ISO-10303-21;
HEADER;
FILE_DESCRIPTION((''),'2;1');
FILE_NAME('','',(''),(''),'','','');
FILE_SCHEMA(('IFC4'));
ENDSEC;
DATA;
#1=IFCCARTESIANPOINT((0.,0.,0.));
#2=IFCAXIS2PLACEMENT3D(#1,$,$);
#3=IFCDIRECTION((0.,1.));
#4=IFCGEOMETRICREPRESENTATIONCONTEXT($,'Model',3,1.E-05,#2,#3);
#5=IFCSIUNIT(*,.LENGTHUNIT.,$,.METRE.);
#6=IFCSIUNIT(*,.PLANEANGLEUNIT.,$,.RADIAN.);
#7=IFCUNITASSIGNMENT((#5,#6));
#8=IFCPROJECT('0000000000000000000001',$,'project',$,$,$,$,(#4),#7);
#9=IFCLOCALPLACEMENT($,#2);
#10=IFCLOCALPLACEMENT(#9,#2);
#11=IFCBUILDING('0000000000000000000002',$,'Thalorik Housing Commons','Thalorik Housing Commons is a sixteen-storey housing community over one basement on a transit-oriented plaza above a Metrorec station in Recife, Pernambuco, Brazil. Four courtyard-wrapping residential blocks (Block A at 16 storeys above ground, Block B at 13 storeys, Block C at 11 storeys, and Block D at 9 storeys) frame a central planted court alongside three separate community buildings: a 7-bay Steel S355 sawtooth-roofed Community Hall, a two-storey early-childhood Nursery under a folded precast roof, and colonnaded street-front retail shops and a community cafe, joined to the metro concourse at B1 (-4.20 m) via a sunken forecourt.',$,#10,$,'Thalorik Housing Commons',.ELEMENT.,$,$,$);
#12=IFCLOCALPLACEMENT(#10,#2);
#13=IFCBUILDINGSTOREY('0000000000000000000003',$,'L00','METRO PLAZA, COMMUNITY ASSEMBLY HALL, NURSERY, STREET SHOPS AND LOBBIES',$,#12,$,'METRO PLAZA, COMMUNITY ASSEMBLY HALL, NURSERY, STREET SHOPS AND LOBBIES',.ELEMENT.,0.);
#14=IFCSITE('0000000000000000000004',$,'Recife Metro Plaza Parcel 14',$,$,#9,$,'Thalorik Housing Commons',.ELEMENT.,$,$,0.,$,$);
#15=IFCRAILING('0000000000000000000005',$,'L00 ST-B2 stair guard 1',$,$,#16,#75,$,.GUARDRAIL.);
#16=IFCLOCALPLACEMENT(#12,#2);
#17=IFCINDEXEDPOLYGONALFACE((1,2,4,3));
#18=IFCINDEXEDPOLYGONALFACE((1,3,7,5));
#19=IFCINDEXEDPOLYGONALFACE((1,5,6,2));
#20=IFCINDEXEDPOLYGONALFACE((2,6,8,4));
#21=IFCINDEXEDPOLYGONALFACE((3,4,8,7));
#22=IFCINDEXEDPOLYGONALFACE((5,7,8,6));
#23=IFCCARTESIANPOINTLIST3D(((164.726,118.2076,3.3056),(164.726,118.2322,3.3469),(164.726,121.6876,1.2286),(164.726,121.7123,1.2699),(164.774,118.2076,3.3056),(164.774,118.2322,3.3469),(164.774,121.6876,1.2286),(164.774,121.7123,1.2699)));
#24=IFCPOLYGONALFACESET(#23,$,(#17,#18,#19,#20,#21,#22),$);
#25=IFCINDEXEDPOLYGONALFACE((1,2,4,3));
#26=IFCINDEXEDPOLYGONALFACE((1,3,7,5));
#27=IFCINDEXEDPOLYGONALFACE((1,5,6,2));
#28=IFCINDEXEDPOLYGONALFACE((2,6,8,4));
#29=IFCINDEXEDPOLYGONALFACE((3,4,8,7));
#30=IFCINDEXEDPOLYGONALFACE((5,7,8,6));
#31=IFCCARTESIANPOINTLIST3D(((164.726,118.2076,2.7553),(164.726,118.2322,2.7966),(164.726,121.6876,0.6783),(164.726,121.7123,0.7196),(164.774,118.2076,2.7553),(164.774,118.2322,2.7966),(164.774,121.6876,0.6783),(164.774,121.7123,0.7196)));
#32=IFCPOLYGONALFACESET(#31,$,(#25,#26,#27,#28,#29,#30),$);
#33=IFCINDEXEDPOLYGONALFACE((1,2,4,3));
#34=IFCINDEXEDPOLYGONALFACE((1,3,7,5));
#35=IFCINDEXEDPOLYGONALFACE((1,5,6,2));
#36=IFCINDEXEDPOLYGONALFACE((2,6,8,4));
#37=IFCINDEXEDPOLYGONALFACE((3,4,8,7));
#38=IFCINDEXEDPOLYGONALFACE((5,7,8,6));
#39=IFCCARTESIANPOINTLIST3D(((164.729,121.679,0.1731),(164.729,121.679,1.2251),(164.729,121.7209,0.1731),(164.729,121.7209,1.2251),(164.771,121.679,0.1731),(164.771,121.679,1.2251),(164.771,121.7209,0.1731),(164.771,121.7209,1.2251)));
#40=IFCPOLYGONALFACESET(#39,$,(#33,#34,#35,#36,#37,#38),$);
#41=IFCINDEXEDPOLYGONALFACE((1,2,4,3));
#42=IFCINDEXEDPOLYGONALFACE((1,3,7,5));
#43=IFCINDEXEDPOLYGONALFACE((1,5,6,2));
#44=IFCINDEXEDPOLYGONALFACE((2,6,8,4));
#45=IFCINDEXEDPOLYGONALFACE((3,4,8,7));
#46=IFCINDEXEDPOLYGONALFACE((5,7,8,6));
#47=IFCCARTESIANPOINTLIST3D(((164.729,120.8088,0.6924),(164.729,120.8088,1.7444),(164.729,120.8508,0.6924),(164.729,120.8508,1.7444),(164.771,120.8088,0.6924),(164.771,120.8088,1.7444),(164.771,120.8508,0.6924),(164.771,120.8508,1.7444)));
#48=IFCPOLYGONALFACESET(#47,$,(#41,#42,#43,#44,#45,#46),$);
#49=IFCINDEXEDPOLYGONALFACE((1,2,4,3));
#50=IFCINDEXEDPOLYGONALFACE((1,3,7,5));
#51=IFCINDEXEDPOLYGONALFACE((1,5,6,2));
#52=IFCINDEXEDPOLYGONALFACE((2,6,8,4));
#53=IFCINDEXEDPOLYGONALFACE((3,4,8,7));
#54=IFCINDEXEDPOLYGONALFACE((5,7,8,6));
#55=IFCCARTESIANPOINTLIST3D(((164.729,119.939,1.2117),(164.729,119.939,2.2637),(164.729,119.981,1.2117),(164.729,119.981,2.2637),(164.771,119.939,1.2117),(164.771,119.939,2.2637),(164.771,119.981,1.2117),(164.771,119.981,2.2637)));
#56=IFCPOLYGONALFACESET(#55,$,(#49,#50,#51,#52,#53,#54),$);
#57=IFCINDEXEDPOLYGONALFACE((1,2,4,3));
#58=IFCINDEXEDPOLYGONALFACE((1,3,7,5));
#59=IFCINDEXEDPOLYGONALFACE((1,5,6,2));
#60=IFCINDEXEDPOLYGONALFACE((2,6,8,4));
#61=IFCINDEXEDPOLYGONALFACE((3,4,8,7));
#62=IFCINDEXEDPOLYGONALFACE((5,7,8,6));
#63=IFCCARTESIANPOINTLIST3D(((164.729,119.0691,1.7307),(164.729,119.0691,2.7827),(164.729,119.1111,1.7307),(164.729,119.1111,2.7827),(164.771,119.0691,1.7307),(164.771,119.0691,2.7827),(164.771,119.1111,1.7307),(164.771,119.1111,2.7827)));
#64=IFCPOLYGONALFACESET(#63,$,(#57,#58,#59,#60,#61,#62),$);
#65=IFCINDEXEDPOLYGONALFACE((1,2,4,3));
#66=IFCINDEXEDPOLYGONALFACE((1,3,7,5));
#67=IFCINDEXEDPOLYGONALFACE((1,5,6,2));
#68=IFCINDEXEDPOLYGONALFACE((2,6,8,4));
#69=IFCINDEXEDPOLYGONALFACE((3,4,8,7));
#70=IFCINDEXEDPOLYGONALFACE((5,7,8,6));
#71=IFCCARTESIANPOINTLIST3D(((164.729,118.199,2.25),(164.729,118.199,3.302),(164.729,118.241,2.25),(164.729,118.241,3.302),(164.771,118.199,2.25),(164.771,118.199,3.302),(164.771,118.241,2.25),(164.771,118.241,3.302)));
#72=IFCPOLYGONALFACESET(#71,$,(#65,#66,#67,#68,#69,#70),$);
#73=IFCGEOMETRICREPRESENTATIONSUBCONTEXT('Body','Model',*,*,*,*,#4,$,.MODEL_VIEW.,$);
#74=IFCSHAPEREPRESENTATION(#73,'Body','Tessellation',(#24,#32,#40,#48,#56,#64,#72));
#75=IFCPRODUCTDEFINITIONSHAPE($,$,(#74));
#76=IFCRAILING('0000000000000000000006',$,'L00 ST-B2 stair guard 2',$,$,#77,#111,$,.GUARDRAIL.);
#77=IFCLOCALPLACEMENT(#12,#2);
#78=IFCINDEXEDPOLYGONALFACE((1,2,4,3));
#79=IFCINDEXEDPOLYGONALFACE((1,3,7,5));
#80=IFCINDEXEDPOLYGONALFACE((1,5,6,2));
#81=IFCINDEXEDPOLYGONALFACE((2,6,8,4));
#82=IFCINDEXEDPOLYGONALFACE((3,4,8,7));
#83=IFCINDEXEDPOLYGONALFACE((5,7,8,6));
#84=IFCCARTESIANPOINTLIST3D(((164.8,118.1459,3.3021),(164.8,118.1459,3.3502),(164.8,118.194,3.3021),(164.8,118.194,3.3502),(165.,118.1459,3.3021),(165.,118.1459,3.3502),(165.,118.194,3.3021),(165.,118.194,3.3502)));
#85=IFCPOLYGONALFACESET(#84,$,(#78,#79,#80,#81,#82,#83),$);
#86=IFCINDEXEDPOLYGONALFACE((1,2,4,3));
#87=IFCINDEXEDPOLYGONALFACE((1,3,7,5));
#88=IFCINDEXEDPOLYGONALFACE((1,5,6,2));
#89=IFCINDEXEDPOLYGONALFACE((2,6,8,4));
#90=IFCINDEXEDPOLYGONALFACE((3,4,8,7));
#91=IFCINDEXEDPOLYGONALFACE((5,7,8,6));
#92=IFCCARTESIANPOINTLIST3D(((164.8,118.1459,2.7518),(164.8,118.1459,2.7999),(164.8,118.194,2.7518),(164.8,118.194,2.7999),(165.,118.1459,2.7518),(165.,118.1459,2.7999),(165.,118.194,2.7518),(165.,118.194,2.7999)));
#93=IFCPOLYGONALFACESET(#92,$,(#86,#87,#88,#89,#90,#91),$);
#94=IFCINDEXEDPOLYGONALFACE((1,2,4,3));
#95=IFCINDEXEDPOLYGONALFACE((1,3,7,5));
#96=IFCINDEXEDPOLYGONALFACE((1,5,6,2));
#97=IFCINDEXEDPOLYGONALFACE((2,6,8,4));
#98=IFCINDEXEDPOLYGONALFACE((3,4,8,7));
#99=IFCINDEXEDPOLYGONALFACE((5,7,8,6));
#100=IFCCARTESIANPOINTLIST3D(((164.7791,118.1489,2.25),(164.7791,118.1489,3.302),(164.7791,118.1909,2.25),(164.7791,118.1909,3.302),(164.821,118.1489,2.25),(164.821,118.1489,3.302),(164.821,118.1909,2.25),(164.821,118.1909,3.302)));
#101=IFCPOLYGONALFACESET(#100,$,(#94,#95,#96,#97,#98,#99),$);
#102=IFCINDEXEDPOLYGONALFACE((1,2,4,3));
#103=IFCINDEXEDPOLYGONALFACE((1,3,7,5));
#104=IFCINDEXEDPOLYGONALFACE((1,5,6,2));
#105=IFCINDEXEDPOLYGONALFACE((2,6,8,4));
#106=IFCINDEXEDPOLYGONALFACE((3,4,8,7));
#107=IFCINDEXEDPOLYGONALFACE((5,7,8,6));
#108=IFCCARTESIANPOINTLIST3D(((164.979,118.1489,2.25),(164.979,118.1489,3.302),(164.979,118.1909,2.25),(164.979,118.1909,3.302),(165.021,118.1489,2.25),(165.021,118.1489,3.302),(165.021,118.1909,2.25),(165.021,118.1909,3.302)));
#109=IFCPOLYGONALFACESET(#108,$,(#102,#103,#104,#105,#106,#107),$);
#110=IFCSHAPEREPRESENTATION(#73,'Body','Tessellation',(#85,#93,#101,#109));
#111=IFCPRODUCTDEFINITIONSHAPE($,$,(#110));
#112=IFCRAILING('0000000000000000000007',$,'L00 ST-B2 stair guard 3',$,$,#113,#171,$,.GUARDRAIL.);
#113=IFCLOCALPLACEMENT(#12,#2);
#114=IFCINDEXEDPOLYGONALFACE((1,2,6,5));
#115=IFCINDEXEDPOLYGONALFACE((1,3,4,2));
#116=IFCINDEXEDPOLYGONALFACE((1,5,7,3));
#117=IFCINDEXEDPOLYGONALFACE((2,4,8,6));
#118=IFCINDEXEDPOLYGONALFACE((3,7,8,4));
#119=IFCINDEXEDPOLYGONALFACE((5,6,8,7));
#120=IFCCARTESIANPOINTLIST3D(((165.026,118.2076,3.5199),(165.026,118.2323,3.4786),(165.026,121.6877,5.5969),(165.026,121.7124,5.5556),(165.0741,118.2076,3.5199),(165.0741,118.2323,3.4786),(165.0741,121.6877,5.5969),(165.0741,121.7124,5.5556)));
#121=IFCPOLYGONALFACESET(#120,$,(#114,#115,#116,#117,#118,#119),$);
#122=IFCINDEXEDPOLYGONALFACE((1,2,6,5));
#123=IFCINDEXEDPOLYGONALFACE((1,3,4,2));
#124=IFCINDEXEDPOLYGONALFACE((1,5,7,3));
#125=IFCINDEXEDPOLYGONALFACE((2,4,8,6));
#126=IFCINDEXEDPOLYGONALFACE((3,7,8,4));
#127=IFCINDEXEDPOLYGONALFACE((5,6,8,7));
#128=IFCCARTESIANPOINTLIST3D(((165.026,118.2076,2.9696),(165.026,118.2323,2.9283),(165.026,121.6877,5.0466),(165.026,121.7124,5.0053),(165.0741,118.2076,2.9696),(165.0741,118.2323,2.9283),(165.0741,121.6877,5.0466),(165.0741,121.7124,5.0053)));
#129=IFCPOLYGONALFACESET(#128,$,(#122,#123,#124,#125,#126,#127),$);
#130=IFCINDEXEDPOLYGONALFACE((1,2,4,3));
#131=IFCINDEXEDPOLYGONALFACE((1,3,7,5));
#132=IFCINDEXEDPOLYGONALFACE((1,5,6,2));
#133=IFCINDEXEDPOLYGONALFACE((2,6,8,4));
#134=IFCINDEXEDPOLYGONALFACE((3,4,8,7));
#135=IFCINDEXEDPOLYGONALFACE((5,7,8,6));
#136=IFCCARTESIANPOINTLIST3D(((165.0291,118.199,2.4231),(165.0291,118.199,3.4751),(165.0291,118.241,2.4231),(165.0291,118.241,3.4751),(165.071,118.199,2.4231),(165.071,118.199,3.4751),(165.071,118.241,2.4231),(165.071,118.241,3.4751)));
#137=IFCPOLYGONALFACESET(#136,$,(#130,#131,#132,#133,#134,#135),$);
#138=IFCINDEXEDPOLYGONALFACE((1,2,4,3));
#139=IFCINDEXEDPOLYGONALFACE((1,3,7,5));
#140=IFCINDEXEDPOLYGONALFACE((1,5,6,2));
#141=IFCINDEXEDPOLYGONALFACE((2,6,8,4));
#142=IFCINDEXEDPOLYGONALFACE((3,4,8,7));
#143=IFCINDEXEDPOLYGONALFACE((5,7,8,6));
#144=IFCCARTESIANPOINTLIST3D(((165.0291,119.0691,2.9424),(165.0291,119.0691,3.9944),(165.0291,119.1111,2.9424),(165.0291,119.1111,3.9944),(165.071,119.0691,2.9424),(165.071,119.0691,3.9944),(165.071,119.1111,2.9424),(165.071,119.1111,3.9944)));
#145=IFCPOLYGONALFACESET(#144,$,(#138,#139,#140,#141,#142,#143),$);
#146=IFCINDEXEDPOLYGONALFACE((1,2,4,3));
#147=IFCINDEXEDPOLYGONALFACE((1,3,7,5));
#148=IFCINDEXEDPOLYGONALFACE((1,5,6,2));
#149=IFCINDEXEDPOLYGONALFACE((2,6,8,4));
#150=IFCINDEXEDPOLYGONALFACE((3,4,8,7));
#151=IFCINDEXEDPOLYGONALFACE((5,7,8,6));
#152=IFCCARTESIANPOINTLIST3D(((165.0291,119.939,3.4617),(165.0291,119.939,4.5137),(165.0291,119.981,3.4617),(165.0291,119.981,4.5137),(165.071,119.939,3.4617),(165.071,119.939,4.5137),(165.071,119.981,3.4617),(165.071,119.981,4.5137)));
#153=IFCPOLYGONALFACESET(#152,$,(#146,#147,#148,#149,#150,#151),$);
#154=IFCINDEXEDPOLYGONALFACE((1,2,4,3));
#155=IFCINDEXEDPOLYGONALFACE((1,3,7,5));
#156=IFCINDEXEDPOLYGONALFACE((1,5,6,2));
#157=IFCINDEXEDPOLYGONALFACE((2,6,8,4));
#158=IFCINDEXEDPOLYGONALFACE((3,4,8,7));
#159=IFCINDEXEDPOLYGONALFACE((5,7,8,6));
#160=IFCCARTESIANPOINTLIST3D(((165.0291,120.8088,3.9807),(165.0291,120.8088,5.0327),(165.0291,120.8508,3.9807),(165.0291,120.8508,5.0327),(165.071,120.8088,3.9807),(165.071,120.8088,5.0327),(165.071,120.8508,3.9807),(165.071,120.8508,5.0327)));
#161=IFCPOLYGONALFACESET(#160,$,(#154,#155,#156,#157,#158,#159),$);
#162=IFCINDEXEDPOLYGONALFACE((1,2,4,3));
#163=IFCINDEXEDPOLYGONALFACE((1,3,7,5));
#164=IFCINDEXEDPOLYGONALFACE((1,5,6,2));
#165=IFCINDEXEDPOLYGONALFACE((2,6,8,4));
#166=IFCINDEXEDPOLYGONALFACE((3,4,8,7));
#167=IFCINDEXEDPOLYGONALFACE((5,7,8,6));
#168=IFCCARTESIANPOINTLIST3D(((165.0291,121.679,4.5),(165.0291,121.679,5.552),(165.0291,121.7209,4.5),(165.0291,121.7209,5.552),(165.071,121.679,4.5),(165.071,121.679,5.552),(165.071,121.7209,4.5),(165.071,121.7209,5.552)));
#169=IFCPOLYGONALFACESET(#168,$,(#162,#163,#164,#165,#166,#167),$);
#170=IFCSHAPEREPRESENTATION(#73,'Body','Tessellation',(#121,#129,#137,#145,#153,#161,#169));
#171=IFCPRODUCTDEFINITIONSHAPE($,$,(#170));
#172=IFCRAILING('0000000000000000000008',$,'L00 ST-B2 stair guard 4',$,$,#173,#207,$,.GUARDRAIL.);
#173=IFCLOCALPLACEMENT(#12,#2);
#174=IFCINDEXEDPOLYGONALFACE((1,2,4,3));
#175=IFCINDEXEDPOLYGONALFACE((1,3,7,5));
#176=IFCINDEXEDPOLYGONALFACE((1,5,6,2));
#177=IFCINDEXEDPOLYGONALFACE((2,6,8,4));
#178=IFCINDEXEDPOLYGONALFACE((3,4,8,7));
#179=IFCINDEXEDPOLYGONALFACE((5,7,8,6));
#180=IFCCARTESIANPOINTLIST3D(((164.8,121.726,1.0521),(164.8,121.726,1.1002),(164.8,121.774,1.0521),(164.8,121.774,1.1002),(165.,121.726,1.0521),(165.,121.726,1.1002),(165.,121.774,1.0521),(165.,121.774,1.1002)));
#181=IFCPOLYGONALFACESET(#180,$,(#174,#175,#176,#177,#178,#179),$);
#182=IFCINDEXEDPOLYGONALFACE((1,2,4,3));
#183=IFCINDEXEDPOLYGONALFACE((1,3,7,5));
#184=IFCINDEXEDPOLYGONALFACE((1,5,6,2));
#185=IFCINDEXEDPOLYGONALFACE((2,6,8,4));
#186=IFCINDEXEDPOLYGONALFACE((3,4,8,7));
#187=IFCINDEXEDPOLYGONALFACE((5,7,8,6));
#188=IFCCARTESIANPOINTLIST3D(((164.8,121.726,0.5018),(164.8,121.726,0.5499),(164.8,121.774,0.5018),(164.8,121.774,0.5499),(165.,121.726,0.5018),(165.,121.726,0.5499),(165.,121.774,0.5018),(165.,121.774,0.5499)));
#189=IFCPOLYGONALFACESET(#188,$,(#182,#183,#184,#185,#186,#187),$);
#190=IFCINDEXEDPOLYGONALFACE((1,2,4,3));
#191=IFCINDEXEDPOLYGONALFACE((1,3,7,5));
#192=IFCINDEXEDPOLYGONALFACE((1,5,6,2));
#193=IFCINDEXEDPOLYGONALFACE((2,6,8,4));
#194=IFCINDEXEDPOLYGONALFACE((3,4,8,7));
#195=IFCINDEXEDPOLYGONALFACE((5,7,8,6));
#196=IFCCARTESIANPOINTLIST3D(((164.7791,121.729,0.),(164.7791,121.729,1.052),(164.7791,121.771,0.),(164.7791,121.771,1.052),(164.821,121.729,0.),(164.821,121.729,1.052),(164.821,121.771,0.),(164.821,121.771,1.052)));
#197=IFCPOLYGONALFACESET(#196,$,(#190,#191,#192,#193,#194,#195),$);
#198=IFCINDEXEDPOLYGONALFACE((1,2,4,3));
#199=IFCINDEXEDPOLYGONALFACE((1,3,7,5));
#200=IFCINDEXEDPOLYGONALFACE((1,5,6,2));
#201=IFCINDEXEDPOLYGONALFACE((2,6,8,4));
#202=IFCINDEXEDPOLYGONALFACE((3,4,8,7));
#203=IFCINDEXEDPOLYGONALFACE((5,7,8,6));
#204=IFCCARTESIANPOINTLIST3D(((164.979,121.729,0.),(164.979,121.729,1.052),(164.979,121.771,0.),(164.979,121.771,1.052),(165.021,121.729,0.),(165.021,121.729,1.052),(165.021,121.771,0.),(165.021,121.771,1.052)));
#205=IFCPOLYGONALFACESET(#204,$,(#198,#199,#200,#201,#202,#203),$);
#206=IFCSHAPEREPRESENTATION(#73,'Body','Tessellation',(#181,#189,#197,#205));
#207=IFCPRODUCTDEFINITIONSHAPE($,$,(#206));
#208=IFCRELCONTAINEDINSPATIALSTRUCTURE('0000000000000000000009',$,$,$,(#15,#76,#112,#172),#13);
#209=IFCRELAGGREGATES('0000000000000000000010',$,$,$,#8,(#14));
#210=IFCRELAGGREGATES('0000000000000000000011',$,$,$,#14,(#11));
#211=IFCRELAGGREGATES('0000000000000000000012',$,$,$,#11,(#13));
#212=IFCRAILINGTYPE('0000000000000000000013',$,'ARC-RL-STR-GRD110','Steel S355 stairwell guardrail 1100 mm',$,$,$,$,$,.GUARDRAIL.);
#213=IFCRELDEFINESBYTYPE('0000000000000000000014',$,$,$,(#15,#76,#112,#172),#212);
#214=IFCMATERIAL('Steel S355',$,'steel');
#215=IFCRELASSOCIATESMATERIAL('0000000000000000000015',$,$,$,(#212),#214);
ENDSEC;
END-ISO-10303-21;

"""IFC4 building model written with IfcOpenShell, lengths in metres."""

from ifc_helpers import new_model, si_unit, direction, frame, origin, origin_2d, place, context, subcontext, project, spatial, rectangle, extrude, material, type_object, element, save


model = new_model("IFC4")

# Units and contexts
model_context = context("Model", 3, precision=1e-05, world=origin(), true_north=direction((0.0, 1.0)))
body_context = subcontext(model_context, "Body", "Model", "MODEL_VIEW")
ifc_project = project(units=[si_unit("LENGTHUNIT", "METRE"), si_unit("PLANEANGLEUNIT", "RADIAN")], contexts=[model_context])

# Site, building, storey
site_placement = place(None, origin())
site = spatial("IfcSite", under=ifc_project, at=site_placement, Name="Recife Metro Plaza Parcel 14", LongName="Thalorik Housing Commons", CompositionType="ELEMENT", RefElevation=0.0)
building_placement = place(site_placement, origin())
building = spatial("IfcBuilding", under=site, at=building_placement, Name="Thalorik Housing Commons", Description="Thalorik Housing Commons is a sixteen-storey housing community over one basement on a transit-oriented plaza above a Metrorec station in Recife, Pernambuco, Brazil. Four courtyard-wrapping residential blocks (Block A at 16 storeys above ground, Block B at 13 storeys, Block C at 11 storeys, and Block D at 9 storeys) frame a central planted court alongside three separate community buildings: a 7-bay Steel S355 sawtooth-roofed Community Hall, a two-storey early-childhood Nursery under a folded precast roof, and colonnaded street-front retail shops and a community cafe, joined to the metro concourse at B1 (-4.20 m) via a sunken forecourt.", LongName="Thalorik Housing Commons", CompositionType="ELEMENT")
storey_placement = place(building_placement, origin())
storey = spatial("IfcBuildingStorey", under=building, at=storey_placement, Name="L00", Description="METRO PLAZA, COMMUNITY ASSEMBLY HALL, NURSERY, STREET SHOPS AND LOBBIES", LongName="METRO PLAZA, COMMUNITY ASSEMBLY HALL, NURSERY, STREET SHOPS AND LOBBIES", CompositionType="ELEMENT", Elevation=0.0)

# Shared definitions
ifc_material_1 = material(Name="Steel S355", Category="steel")

# Railings
railing_type_1 = type_object("IfcRailingType", Name="ARC-RL-STR-GRD110", Description="Steel S355 stairwell guardrail 1100 mm", PredefinedType="GUARDRAIL", material=ifc_material_1)
railing_1_placement = place(storey_placement, frame((164.75, 121.7, 0.1731)))
element("IfcRailing", 1, at=railing_1_placement, inside=storey, type_object=railing_type_1, Name="L00 ST-B2 stair guard 1", PredefinedType="GUARDRAIL", context=body_context, shape_type="SweptSolid", body=[
    extrude(rectangle(XDim=0.0481, YDim=0.0481, at=origin_2d()), frame((0.0, 0.0, 1.0762), z_axis=(0.0, -0.858697, 0.512483), x_axis=(1.0, 0.0, 0.0)), (0.0, 0.0, 1.0), 4.0527),
    extrude(rectangle(XDim=0.0481, YDim=0.0481, at=origin_2d()), frame((0.0, 0.0, 0.5259), z_axis=(0.0, -0.858697, 0.512483), x_axis=(1.0, 0.0, 0.0)), (0.0, 0.0, 1.0), 4.0527),
    extrude(rectangle(XDim=0.042, YDim=0.042, at=origin_2d()), origin(), (0.0, 0.0, 1.0), 1.052),
    extrude(rectangle(XDim=0.042, YDim=0.042, at=origin_2d()), frame((0.0, -0.8701, 0.5193)), (0.0, 0.0, 1.0), 1.052),
    extrude(rectangle(XDim=0.042, YDim=0.042, at=origin_2d()), frame((0.0, -1.74, 1.0386)), (0.0, 0.0, 1.0), 1.052),
    extrude(rectangle(XDim=0.042, YDim=0.042, at=origin_2d()), frame((0.0, -2.6099, 1.5576)), (0.0, 0.0, 1.0), 1.052),
    extrude(rectangle(XDim=0.042, YDim=0.042, at=origin_2d()), frame((0.0, -3.48, 2.0769)), (0.0, 0.0, 1.0), 1.052),
])
railing_2_placement = place(storey_placement, frame((164.8, 118.1699, 2.25)))
element("IfcRailing", 2, at=railing_2_placement, inside=storey, type_object=railing_type_1, Name="L00 ST-B2 stair guard 2", PredefinedType="GUARDRAIL", context=body_context, shape_type="SweptSolid", body=[
    extrude(rectangle(XDim=0.0481, YDim=0.0481, at=origin_2d()), frame((0.0, 0.0, 1.0762), z_axis=(1.0, 0.0, 0.0), x_axis=(0.0, 1.0, 0.0)), (0.0, 0.0, 1.0), 0.2),
    extrude(rectangle(XDim=0.0481, YDim=0.0481, at=origin_2d()), frame((0.0, 0.0, 0.5259), z_axis=(1.0, 0.0, 0.0), x_axis=(0.0, 1.0, 0.0)), (0.0, 0.0, 1.0), 0.2),
    extrude(rectangle(XDim=0.042, YDim=0.042, at=origin_2d()), origin(), (0.0, 0.0, 1.0), 1.052),
    extrude(rectangle(XDim=0.042, YDim=0.042, at=origin_2d()), frame((0.2, 0.0, 0.0)), (0.0, 0.0, 1.0), 1.052),
])
railing_3_placement = place(storey_placement, frame((165.05, 118.22, 2.4231)))
element("IfcRailing", 3, at=railing_3_placement, inside=storey, type_object=railing_type_1, Name="L00 ST-B2 stair guard 3", PredefinedType="GUARDRAIL", context=body_context, shape_type="SweptSolid", body=[
    extrude(rectangle(XDim=0.0481, YDim=0.0481, at=origin_2d()), frame((0.0, 0.0, 1.0762), z_axis=(0.0, 0.858697, 0.512483), x_axis=(-1.0, 0.0, 0.0)), (0.0, 0.0, 1.0), 4.0527),
    extrude(rectangle(XDim=0.0481, YDim=0.0481, at=origin_2d()), frame((0.0, 0.0, 0.5259), z_axis=(0.0, 0.858697, 0.512483), x_axis=(-1.0, 0.0, 0.0)), (0.0, 0.0, 1.0), 4.0527),
    extrude(rectangle(XDim=0.042, YDim=0.042, at=origin_2d()), origin(), (0.0, 0.0, 1.0), 1.052),
    extrude(rectangle(XDim=0.042, YDim=0.042, at=origin_2d()), frame((0.0, 0.8701, 0.5193)), (0.0, 0.0, 1.0), 1.052),
    extrude(rectangle(XDim=0.042, YDim=0.042, at=origin_2d()), frame((0.0, 1.74, 1.0386)), (0.0, 0.0, 1.0), 1.052),
    extrude(rectangle(XDim=0.042, YDim=0.042, at=origin_2d()), frame((0.0, 2.6099, 1.5576)), (0.0, 0.0, 1.0), 1.052),
    extrude(rectangle(XDim=0.042, YDim=0.042, at=origin_2d()), frame((0.0, 3.48, 2.0769)), (0.0, 0.0, 1.0), 1.052),
])
railing_4_placement = place(storey_placement, frame((164.8, 121.75, 0.0)))
element("IfcRailing", 4, at=railing_4_placement, inside=storey, type_object=railing_type_1, Name="L00 ST-B2 stair guard 4", PredefinedType="GUARDRAIL", context=body_context, shape_type="SweptSolid", body=[
    extrude(rectangle(XDim=0.0481, YDim=0.0481, at=origin_2d()), frame((0.0, 0.0, 1.0762), z_axis=(1.0, 0.0, 0.0), x_axis=(0.0, 1.0, 0.0)), (0.0, 0.0, 1.0), 0.2),
    extrude(rectangle(XDim=0.0481, YDim=0.0481, at=origin_2d()), frame((0.0, 0.0, 0.5259), z_axis=(1.0, 0.0, 0.0), x_axis=(0.0, 1.0, 0.0)), (0.0, 0.0, 1.0), 0.2),
    extrude(rectangle(XDim=0.042, YDim=0.042, at=origin_2d()), origin(), (0.0, 0.0, 1.0), 1.052),
    extrude(rectangle(XDim=0.042, YDim=0.042, at=origin_2d()), frame((0.2, 0.0, 0.0)), (0.0, 0.0, 1.0), 1.052),
])

save(model, "model.ifc")
